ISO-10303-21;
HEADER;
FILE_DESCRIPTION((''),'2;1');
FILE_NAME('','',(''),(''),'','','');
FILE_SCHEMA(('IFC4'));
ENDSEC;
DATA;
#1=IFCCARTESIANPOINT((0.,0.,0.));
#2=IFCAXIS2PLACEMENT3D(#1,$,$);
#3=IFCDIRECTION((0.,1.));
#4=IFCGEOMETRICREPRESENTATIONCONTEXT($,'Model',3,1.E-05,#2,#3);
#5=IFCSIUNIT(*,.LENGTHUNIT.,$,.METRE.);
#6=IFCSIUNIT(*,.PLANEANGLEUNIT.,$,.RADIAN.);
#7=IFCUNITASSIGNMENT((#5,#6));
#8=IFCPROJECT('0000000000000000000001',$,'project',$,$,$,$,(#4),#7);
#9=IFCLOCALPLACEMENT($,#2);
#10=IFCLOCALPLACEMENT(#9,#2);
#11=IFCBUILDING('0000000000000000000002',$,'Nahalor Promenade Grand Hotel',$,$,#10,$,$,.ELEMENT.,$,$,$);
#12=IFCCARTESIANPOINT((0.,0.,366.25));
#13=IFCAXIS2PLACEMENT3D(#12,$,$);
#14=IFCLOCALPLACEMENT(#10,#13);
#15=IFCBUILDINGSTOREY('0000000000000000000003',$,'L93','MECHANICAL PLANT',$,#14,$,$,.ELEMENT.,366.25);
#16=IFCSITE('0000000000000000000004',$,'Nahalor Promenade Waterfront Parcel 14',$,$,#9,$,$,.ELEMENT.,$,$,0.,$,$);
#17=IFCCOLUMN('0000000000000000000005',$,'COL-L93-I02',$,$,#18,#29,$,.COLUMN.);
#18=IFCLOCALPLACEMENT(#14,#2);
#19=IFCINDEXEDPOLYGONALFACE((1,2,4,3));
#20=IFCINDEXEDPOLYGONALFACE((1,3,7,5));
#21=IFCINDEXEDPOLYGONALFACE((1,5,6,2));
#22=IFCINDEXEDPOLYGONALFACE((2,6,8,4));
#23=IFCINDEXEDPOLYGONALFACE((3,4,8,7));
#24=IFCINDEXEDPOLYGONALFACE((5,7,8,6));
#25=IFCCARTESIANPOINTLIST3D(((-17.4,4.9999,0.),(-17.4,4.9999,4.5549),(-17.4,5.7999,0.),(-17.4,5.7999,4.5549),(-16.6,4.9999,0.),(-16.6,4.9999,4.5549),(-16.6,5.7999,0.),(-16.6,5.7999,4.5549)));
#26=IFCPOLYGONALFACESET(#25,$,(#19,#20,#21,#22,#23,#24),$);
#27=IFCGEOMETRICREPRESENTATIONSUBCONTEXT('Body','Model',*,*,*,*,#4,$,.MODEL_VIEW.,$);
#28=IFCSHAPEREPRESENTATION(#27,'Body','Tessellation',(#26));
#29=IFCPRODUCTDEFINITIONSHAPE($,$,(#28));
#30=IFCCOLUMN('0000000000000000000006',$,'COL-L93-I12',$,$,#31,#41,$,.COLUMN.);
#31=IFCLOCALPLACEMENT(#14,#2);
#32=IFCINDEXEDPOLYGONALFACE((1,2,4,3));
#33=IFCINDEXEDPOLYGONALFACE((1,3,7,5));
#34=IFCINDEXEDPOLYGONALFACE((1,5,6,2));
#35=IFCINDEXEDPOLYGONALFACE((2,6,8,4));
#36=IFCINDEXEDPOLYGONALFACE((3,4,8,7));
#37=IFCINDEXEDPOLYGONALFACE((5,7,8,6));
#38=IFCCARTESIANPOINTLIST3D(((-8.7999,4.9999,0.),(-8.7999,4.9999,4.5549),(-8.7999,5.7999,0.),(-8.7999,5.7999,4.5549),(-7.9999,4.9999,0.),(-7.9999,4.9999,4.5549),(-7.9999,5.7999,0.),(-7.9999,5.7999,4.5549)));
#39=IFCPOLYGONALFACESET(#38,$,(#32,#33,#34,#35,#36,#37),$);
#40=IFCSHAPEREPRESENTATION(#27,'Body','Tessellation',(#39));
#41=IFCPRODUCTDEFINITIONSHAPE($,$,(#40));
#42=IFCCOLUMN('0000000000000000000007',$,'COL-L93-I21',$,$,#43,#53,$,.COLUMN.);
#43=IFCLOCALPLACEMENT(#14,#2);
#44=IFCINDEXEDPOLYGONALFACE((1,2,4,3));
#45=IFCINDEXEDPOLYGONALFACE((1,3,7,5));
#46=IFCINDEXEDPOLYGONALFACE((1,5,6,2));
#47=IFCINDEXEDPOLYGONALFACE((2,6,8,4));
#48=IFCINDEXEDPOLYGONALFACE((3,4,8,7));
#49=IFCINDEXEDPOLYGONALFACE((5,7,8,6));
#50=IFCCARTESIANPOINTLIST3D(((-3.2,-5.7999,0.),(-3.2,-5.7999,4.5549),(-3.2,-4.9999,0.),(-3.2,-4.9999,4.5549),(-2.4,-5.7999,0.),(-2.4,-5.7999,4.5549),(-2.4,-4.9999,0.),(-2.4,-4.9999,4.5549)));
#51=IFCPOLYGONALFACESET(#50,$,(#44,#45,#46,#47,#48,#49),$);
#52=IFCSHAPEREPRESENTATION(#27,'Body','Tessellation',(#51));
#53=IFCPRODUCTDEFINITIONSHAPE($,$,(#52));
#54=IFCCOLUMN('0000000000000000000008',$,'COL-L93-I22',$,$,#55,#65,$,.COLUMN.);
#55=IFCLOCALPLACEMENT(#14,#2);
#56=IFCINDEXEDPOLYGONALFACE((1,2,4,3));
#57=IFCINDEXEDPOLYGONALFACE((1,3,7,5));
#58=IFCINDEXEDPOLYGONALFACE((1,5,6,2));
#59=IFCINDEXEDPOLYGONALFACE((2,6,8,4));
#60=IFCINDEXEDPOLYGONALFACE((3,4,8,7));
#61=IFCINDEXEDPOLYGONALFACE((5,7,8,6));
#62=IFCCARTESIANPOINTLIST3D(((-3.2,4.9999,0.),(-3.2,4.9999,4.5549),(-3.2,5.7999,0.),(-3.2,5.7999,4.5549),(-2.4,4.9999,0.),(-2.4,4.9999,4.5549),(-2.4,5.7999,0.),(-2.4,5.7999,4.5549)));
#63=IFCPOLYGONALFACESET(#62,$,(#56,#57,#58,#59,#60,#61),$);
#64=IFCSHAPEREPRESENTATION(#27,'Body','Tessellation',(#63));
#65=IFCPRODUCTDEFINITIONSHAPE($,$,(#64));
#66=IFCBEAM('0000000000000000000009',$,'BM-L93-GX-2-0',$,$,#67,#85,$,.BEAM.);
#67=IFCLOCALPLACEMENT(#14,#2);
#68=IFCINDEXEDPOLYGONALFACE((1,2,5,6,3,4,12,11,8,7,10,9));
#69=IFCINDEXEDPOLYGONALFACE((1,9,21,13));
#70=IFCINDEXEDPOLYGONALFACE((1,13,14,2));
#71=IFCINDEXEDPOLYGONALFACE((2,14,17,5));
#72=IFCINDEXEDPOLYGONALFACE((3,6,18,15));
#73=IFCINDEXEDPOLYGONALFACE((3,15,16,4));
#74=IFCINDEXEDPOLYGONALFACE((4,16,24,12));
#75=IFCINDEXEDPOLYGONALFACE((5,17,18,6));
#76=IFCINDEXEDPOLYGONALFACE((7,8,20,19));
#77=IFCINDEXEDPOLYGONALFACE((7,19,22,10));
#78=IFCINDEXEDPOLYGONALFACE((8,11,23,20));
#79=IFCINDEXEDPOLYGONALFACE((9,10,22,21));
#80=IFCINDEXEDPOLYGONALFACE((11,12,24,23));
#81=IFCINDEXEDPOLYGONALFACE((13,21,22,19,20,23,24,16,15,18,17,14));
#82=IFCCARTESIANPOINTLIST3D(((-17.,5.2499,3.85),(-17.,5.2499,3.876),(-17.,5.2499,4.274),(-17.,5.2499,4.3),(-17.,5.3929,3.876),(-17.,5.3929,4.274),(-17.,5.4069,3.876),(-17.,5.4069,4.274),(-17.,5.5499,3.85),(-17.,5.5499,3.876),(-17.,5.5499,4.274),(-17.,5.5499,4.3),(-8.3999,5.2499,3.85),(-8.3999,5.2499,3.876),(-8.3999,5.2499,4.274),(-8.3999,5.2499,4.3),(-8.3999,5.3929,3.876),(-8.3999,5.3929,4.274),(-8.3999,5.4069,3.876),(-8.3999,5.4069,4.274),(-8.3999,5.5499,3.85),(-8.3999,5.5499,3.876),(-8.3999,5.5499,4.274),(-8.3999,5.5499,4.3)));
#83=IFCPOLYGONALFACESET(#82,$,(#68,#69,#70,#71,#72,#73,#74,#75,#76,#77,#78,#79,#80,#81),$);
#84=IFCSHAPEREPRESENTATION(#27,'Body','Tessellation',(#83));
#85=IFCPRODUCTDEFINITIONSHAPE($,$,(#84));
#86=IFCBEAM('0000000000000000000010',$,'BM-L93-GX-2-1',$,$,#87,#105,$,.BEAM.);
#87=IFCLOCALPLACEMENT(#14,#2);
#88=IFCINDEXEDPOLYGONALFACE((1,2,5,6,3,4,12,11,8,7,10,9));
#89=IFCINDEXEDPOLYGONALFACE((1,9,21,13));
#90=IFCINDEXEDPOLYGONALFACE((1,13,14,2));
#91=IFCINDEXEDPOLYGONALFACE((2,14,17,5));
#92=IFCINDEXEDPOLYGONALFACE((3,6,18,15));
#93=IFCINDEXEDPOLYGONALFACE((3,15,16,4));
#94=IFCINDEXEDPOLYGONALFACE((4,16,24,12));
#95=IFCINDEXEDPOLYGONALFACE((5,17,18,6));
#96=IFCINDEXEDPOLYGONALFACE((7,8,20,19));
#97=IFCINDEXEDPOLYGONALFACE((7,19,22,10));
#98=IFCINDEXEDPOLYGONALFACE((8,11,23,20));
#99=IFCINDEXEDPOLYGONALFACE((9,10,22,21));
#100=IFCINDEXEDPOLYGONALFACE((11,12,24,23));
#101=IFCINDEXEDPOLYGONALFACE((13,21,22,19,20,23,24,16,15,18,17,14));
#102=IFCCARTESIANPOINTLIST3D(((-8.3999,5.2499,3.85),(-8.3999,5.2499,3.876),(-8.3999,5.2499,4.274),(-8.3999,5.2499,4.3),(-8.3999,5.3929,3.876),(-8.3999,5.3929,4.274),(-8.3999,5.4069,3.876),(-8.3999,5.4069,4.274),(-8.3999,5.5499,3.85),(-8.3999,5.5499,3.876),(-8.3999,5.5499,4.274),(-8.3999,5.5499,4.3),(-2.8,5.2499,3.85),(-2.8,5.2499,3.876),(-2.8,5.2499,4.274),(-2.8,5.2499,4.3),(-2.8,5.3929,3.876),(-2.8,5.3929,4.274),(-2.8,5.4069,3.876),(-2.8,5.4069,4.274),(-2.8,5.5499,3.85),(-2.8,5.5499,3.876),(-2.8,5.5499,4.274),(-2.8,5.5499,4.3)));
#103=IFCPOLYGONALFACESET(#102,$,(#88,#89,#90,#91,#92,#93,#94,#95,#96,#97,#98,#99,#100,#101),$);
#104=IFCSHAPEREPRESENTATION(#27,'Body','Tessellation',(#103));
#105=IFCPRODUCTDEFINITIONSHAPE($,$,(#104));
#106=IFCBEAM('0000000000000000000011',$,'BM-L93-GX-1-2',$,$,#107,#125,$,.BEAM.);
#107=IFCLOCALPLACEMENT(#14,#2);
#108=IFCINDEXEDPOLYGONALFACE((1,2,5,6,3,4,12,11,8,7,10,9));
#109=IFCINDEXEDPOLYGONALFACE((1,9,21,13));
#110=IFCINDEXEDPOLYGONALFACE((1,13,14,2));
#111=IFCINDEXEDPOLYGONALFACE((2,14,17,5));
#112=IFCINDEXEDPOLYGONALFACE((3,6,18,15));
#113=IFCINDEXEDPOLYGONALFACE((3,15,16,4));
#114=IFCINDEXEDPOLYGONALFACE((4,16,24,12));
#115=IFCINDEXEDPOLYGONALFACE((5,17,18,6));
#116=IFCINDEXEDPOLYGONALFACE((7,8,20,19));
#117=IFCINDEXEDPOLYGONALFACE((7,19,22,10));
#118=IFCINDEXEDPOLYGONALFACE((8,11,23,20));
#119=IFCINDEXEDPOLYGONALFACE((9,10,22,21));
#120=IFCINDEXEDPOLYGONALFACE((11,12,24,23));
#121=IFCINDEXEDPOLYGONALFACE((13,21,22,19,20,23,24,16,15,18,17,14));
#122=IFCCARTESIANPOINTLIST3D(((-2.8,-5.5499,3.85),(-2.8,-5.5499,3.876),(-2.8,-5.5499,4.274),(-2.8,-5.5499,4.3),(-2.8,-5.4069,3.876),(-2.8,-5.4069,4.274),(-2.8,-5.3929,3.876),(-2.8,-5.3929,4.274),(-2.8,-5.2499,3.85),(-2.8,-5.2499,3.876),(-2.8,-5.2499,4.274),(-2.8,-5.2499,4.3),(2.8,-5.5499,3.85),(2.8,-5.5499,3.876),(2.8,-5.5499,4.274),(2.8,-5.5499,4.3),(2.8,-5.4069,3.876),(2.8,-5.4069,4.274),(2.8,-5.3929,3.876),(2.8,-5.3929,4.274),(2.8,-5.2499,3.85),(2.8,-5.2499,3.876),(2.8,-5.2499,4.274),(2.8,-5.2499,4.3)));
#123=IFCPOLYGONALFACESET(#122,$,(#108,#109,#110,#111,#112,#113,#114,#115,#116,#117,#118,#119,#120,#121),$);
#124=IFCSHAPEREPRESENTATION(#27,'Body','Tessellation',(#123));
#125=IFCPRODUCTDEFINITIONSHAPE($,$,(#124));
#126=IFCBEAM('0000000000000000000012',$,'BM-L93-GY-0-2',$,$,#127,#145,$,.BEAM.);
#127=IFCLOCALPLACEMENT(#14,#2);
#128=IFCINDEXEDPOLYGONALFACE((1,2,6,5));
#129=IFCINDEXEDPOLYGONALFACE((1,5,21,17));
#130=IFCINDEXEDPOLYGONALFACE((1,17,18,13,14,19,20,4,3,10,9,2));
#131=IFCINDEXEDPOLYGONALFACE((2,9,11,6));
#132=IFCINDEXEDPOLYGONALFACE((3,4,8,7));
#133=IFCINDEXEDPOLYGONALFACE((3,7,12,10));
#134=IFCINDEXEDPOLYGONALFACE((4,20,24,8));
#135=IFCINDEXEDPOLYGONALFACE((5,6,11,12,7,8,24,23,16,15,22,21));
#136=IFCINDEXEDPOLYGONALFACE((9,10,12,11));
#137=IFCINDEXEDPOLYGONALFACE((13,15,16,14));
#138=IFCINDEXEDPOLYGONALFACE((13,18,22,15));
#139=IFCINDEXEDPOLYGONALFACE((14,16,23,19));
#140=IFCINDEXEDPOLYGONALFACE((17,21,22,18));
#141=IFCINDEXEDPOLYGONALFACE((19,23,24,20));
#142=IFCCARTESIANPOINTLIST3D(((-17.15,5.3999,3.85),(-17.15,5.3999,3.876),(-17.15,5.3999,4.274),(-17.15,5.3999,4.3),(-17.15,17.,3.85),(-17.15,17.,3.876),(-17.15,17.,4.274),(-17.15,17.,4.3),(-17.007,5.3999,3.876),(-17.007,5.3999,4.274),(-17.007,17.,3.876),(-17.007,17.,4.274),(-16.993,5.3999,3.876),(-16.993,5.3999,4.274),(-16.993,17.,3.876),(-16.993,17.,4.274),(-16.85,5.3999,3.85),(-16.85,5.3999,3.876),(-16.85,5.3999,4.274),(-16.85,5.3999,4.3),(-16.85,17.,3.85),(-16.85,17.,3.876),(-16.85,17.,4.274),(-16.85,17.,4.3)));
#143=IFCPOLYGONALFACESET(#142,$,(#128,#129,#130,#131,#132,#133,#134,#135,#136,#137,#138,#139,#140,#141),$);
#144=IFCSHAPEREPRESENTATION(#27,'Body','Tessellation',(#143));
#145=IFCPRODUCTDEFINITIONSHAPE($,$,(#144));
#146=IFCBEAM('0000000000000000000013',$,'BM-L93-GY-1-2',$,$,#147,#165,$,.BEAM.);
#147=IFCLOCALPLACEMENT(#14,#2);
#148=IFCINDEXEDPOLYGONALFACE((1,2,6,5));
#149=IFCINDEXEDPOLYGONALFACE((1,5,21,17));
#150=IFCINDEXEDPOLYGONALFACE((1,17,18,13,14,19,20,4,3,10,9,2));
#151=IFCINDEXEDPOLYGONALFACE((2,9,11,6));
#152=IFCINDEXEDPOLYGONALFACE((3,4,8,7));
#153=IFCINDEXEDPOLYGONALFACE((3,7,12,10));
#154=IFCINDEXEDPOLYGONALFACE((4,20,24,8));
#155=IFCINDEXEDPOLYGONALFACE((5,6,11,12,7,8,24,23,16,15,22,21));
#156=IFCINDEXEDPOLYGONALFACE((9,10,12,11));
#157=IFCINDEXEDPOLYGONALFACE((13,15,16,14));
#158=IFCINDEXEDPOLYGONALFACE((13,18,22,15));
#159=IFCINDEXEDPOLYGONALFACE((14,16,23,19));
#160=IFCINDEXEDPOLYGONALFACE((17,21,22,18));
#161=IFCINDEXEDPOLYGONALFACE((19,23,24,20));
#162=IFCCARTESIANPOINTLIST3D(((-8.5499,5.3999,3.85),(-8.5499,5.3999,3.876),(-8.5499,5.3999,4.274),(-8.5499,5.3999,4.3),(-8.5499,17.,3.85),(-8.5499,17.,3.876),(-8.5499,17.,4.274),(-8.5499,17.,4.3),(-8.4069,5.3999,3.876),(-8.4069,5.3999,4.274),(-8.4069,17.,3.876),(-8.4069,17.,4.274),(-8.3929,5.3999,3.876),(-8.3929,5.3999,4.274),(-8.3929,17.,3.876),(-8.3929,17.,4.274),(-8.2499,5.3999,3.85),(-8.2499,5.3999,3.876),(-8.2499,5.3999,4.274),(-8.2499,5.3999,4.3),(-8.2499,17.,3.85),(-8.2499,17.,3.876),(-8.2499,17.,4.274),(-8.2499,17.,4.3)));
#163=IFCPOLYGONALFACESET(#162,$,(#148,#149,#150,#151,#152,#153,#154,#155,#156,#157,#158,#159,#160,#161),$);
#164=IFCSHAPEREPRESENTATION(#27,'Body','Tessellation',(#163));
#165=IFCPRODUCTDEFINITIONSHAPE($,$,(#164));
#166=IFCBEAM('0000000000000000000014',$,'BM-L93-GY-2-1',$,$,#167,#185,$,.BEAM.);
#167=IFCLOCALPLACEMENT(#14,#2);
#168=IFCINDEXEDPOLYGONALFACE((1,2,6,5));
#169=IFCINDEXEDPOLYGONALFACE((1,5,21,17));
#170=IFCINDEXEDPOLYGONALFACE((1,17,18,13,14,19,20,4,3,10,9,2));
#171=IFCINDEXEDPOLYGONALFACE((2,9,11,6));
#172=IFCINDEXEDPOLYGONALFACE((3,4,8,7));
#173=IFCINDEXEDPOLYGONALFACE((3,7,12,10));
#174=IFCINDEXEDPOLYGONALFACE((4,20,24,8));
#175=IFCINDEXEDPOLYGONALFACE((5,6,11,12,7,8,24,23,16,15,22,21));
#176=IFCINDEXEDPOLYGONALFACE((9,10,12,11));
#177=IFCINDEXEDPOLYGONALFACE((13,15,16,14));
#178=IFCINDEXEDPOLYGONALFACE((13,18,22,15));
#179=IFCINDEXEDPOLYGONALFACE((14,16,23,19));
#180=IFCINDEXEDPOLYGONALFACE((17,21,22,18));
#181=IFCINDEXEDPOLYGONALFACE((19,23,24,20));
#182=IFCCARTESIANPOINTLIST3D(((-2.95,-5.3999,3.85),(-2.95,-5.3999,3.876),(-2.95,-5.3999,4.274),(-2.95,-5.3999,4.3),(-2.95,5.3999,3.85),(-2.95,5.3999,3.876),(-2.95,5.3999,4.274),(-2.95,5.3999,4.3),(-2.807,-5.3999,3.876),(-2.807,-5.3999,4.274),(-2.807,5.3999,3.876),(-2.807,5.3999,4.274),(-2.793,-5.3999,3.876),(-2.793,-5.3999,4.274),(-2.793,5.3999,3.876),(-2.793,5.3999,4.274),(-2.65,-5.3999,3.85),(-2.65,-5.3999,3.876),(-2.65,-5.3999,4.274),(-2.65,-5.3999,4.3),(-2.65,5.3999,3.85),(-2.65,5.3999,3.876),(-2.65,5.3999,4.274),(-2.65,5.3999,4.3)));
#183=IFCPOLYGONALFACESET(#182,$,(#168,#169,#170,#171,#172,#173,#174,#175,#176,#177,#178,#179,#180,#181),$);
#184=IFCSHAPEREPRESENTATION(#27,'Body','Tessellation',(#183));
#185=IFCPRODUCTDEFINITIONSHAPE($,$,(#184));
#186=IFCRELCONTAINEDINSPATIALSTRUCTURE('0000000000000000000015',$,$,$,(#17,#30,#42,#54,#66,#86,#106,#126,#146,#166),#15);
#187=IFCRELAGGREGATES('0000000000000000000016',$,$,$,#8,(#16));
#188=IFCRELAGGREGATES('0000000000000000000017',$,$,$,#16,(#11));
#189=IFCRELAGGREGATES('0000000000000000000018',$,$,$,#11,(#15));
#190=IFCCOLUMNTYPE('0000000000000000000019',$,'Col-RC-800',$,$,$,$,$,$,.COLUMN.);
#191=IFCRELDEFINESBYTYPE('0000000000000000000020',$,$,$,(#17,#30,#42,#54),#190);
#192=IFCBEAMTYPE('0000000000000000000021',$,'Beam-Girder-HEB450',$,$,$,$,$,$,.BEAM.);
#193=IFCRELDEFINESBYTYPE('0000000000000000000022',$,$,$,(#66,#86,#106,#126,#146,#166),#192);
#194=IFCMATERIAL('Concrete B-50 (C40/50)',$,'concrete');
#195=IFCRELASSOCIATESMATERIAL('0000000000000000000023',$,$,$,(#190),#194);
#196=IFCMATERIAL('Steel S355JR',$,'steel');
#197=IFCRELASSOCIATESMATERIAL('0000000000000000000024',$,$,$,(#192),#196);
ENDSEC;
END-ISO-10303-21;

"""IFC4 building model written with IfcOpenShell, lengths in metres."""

from ifc_helpers import new_model, si_unit, direction, frame, origin, origin_2d, place, context, subcontext, project, spatial, rectangle, i_section, extrude, source, transform, mapped, material, material_profile, profile_set, type_object, element, save


model = new_model("IFC4")

# Units and contexts
model_context = context("Model", 3, precision=1e-05, world=origin(), true_north=direction((0.0, 1.0)))
body_context = subcontext(model_context, "Body", "Model", "MODEL_VIEW")
ifc_project = project(units=[si_unit("LENGTHUNIT", "METRE"), si_unit("PLANEANGLEUNIT", "RADIAN")], contexts=[model_context])

# Site, building, storey
site_placement = place(None, origin())
site = spatial("IfcSite", under=ifc_project, at=site_placement, Name="Nahalor Promenade Waterfront Parcel 14", CompositionType="ELEMENT", RefElevation=0.0)
building_placement = place(site_placement, origin())
building = spatial("IfcBuilding", under=site, at=building_placement, Name="Nahalor Promenade Grand Hotel", CompositionType="ELEMENT")
storey_placement = place(building_placement, frame((0.0, 0.0, 366.25)))
storey = spatial("IfcBuildingStorey", under=building, at=storey_placement, Name="L93", Description="MECHANICAL PLANT", CompositionType="ELEMENT", Elevation=366.25)

# Columns
ifc_material_1 = material(Name="Concrete B-50 (C40/50)", Category="concrete")
ifc_material_profile_1 = material_profile(ifc_material_1, rectangle(XDim=0.8, YDim=0.8, at=origin_2d()), Name="RC 800x800")
ifc_profile_set_1 = profile_set([ifc_material_profile_1], Name="Concrete B-50 (C40/50)")
column_type = type_object("IfcColumnType", Name="Col-RC-800", PredefinedType="COLUMN", material=ifc_profile_set_1)
shared_shape_1 = source(origin(), body_context, "Body", "SweptSolid", [
    extrude(rectangle(XDim=0.8, YDim=0.8, at=origin_2d()), origin(), (0.0, 0.0, 1.0), 4.5549),
])
for number, where, z_axis, x_axis, name in (
    (1, (-17.0, 5.3999, 0.0), (0.0, 0.0, 1.0), (1.0, 0.0, 0.0), "COL-L93-I02"),
    (2, (-8.3999, 5.3999, 0.0), (0.0, 0.0, 1.0), (1.0, 0.0, 0.0), "COL-L93-I12"),
    (3, (-2.8, -5.3999, 0.0), (0.0, 0.0, 1.0), (1.0, 0.0, 0.0), "COL-L93-I21"),
    (4, (-2.8, 5.3999, 0.0), (0.0, 0.0, 1.0), (1.0, 0.0, 0.0), "COL-L93-I22"),
):
    element("IfcColumn", number, at=place(storey_placement, frame(where, z_axis=z_axis, x_axis=x_axis)), inside=storey, type_object=column_type, Name=name, PredefinedType="COLUMN", context=body_context, shape_type="MappedRepresentation", body=[
        mapped(shared_shape_1, transform((0.0, 0.0, 0.0), scale=1.0)),
    ])

# Beams
ifc_material_2 = material(Name="Steel S355JR", Category="steel")
ifc_material_profile_2 = material_profile(ifc_material_2, i_section(OverallWidth=0.3, OverallDepth=0.45, WebThickness=0.014, FlangeThickness=0.026, at=origin_2d()), Name="HEB 450")
ifc_profile_set_2 = profile_set([ifc_material_profile_2], Name="Steel S355JR")
beam_type_1 = type_object("IfcBeamType", Name="Beam-Girder-HEB450", PredefinedType="BEAM", material=ifc_profile_set_2)
shared_shape_2 = source(origin(), body_context, "Body", "SweptSolid", [
    extrude(i_section(OverallWidth=0.3, OverallDepth=0.45, WebThickness=0.014, FlangeThickness=0.026, at=origin_2d()), origin(), (0.0, 0.0, 1.0), 8.6001),
])
beam_1_placement = place(storey_placement, frame((-17.0, 5.3999, 4.075), z_axis=(1.0, 0.0, 0.0), x_axis=(0.0, 1.0, 0.0)))
element("IfcBeam", 5, at=beam_1_placement, inside=storey, type_object=beam_type_1, Name="BM-L93-GX-2-0", PredefinedType="BEAM", context=body_context, shape_type="MappedRepresentation", body=[
    mapped(shared_shape_2, transform((0.0, 0.0, 0.0), scale=1.0)),
])
shared_shape_3 = source(origin(), body_context, "Body", "SweptSolid", [
    extrude(i_section(OverallWidth=0.3, OverallDepth=0.45, WebThickness=0.014, FlangeThickness=0.026, at=origin_2d()), origin(), (0.0, 0.0, 1.0), 5.5999),
])
beam_2_placement = place(storey_placement, frame((-8.3999, 5.3999, 4.075), z_axis=(1.0, 0.0, 0.0), x_axis=(0.0, 1.0, 0.0)))
element("IfcBeam", 6, at=beam_2_placement, inside=storey, type_object=beam_type_1, Name="BM-L93-GX-2-1", PredefinedType="BEAM", context=body_context, shape_type="MappedRepresentation", body=[
    mapped(shared_shape_3, transform((0.0, 0.0, 0.0), scale=1.0)),
])
shared_shape_4 = source(origin(), body_context, "Body", "SweptSolid", [
    extrude(i_section(OverallWidth=0.3, OverallDepth=0.45, WebThickness=0.014, FlangeThickness=0.026, at=origin_2d()), origin(), (0.0, 0.0, 1.0), 5.6001),
])
beam_3_placement = place(storey_placement, frame((-2.8, -5.3999, 4.075), z_axis=(1.0, 0.0, 0.0), x_axis=(0.0, 1.0, 0.0)))
element("IfcBeam", 7, at=beam_3_placement, inside=storey, type_object=beam_type_1, Name="BM-L93-GX-1-2", PredefinedType="BEAM", context=body_context, shape_type="MappedRepresentation", body=[
    mapped(shared_shape_4, transform((0.0, 0.0, 0.0), scale=1.0)),
])
shared_shape_5 = source(origin(), body_context, "Body", "SweptSolid", [
    extrude(i_section(OverallWidth=0.3, OverallDepth=0.45, WebThickness=0.014, FlangeThickness=0.026, at=origin_2d()), origin(), (0.0, 0.0, 1.0), 11.6001),
])
for number, where, z_axis, x_axis, name in (
    (8, (-17.0, 5.3999, 4.075), (0.0, 1.0, 0.0), (-1.0, 0.0, 0.0), "BM-L93-GY-0-2"),
    (9, (-8.3999, 5.3999, 4.075), (0.0, 1.0, 0.0), (-1.0, 0.0, 0.0), "BM-L93-GY-1-2"),
):
    element("IfcBeam", number, at=place(storey_placement, frame(where, z_axis=z_axis, x_axis=x_axis)), inside=storey, type_object=beam_type_1, Name=name, PredefinedType="BEAM", context=body_context, shape_type="MappedRepresentation", body=[
        mapped(shared_shape_5, transform((0.0, 0.0, 0.0), scale=1.0)),
    ])
shared_shape_6 = source(origin(), body_context, "Body", "SweptSolid", [
    extrude(i_section(OverallWidth=0.3, OverallDepth=0.45, WebThickness=0.014, FlangeThickness=0.026, at=origin_2d()), origin(), (0.0, 0.0, 1.0), 10.7998),
])
beam_4_placement = place(storey_placement, frame((-2.8, -5.3999, 4.075), z_axis=(0.0, 1.0, 0.0), x_axis=(-1.0, 0.0, 0.0)))
element("IfcBeam", 10, at=beam_4_placement, inside=storey, type_object=beam_type_1, Name="BM-L93-GY-2-1", PredefinedType="BEAM", context=body_context, shape_type="MappedRepresentation", body=[
    mapped(shared_shape_6, transform((0.0, 0.0, 0.0), scale=1.0)),
])

save(model, "model.ifc")
